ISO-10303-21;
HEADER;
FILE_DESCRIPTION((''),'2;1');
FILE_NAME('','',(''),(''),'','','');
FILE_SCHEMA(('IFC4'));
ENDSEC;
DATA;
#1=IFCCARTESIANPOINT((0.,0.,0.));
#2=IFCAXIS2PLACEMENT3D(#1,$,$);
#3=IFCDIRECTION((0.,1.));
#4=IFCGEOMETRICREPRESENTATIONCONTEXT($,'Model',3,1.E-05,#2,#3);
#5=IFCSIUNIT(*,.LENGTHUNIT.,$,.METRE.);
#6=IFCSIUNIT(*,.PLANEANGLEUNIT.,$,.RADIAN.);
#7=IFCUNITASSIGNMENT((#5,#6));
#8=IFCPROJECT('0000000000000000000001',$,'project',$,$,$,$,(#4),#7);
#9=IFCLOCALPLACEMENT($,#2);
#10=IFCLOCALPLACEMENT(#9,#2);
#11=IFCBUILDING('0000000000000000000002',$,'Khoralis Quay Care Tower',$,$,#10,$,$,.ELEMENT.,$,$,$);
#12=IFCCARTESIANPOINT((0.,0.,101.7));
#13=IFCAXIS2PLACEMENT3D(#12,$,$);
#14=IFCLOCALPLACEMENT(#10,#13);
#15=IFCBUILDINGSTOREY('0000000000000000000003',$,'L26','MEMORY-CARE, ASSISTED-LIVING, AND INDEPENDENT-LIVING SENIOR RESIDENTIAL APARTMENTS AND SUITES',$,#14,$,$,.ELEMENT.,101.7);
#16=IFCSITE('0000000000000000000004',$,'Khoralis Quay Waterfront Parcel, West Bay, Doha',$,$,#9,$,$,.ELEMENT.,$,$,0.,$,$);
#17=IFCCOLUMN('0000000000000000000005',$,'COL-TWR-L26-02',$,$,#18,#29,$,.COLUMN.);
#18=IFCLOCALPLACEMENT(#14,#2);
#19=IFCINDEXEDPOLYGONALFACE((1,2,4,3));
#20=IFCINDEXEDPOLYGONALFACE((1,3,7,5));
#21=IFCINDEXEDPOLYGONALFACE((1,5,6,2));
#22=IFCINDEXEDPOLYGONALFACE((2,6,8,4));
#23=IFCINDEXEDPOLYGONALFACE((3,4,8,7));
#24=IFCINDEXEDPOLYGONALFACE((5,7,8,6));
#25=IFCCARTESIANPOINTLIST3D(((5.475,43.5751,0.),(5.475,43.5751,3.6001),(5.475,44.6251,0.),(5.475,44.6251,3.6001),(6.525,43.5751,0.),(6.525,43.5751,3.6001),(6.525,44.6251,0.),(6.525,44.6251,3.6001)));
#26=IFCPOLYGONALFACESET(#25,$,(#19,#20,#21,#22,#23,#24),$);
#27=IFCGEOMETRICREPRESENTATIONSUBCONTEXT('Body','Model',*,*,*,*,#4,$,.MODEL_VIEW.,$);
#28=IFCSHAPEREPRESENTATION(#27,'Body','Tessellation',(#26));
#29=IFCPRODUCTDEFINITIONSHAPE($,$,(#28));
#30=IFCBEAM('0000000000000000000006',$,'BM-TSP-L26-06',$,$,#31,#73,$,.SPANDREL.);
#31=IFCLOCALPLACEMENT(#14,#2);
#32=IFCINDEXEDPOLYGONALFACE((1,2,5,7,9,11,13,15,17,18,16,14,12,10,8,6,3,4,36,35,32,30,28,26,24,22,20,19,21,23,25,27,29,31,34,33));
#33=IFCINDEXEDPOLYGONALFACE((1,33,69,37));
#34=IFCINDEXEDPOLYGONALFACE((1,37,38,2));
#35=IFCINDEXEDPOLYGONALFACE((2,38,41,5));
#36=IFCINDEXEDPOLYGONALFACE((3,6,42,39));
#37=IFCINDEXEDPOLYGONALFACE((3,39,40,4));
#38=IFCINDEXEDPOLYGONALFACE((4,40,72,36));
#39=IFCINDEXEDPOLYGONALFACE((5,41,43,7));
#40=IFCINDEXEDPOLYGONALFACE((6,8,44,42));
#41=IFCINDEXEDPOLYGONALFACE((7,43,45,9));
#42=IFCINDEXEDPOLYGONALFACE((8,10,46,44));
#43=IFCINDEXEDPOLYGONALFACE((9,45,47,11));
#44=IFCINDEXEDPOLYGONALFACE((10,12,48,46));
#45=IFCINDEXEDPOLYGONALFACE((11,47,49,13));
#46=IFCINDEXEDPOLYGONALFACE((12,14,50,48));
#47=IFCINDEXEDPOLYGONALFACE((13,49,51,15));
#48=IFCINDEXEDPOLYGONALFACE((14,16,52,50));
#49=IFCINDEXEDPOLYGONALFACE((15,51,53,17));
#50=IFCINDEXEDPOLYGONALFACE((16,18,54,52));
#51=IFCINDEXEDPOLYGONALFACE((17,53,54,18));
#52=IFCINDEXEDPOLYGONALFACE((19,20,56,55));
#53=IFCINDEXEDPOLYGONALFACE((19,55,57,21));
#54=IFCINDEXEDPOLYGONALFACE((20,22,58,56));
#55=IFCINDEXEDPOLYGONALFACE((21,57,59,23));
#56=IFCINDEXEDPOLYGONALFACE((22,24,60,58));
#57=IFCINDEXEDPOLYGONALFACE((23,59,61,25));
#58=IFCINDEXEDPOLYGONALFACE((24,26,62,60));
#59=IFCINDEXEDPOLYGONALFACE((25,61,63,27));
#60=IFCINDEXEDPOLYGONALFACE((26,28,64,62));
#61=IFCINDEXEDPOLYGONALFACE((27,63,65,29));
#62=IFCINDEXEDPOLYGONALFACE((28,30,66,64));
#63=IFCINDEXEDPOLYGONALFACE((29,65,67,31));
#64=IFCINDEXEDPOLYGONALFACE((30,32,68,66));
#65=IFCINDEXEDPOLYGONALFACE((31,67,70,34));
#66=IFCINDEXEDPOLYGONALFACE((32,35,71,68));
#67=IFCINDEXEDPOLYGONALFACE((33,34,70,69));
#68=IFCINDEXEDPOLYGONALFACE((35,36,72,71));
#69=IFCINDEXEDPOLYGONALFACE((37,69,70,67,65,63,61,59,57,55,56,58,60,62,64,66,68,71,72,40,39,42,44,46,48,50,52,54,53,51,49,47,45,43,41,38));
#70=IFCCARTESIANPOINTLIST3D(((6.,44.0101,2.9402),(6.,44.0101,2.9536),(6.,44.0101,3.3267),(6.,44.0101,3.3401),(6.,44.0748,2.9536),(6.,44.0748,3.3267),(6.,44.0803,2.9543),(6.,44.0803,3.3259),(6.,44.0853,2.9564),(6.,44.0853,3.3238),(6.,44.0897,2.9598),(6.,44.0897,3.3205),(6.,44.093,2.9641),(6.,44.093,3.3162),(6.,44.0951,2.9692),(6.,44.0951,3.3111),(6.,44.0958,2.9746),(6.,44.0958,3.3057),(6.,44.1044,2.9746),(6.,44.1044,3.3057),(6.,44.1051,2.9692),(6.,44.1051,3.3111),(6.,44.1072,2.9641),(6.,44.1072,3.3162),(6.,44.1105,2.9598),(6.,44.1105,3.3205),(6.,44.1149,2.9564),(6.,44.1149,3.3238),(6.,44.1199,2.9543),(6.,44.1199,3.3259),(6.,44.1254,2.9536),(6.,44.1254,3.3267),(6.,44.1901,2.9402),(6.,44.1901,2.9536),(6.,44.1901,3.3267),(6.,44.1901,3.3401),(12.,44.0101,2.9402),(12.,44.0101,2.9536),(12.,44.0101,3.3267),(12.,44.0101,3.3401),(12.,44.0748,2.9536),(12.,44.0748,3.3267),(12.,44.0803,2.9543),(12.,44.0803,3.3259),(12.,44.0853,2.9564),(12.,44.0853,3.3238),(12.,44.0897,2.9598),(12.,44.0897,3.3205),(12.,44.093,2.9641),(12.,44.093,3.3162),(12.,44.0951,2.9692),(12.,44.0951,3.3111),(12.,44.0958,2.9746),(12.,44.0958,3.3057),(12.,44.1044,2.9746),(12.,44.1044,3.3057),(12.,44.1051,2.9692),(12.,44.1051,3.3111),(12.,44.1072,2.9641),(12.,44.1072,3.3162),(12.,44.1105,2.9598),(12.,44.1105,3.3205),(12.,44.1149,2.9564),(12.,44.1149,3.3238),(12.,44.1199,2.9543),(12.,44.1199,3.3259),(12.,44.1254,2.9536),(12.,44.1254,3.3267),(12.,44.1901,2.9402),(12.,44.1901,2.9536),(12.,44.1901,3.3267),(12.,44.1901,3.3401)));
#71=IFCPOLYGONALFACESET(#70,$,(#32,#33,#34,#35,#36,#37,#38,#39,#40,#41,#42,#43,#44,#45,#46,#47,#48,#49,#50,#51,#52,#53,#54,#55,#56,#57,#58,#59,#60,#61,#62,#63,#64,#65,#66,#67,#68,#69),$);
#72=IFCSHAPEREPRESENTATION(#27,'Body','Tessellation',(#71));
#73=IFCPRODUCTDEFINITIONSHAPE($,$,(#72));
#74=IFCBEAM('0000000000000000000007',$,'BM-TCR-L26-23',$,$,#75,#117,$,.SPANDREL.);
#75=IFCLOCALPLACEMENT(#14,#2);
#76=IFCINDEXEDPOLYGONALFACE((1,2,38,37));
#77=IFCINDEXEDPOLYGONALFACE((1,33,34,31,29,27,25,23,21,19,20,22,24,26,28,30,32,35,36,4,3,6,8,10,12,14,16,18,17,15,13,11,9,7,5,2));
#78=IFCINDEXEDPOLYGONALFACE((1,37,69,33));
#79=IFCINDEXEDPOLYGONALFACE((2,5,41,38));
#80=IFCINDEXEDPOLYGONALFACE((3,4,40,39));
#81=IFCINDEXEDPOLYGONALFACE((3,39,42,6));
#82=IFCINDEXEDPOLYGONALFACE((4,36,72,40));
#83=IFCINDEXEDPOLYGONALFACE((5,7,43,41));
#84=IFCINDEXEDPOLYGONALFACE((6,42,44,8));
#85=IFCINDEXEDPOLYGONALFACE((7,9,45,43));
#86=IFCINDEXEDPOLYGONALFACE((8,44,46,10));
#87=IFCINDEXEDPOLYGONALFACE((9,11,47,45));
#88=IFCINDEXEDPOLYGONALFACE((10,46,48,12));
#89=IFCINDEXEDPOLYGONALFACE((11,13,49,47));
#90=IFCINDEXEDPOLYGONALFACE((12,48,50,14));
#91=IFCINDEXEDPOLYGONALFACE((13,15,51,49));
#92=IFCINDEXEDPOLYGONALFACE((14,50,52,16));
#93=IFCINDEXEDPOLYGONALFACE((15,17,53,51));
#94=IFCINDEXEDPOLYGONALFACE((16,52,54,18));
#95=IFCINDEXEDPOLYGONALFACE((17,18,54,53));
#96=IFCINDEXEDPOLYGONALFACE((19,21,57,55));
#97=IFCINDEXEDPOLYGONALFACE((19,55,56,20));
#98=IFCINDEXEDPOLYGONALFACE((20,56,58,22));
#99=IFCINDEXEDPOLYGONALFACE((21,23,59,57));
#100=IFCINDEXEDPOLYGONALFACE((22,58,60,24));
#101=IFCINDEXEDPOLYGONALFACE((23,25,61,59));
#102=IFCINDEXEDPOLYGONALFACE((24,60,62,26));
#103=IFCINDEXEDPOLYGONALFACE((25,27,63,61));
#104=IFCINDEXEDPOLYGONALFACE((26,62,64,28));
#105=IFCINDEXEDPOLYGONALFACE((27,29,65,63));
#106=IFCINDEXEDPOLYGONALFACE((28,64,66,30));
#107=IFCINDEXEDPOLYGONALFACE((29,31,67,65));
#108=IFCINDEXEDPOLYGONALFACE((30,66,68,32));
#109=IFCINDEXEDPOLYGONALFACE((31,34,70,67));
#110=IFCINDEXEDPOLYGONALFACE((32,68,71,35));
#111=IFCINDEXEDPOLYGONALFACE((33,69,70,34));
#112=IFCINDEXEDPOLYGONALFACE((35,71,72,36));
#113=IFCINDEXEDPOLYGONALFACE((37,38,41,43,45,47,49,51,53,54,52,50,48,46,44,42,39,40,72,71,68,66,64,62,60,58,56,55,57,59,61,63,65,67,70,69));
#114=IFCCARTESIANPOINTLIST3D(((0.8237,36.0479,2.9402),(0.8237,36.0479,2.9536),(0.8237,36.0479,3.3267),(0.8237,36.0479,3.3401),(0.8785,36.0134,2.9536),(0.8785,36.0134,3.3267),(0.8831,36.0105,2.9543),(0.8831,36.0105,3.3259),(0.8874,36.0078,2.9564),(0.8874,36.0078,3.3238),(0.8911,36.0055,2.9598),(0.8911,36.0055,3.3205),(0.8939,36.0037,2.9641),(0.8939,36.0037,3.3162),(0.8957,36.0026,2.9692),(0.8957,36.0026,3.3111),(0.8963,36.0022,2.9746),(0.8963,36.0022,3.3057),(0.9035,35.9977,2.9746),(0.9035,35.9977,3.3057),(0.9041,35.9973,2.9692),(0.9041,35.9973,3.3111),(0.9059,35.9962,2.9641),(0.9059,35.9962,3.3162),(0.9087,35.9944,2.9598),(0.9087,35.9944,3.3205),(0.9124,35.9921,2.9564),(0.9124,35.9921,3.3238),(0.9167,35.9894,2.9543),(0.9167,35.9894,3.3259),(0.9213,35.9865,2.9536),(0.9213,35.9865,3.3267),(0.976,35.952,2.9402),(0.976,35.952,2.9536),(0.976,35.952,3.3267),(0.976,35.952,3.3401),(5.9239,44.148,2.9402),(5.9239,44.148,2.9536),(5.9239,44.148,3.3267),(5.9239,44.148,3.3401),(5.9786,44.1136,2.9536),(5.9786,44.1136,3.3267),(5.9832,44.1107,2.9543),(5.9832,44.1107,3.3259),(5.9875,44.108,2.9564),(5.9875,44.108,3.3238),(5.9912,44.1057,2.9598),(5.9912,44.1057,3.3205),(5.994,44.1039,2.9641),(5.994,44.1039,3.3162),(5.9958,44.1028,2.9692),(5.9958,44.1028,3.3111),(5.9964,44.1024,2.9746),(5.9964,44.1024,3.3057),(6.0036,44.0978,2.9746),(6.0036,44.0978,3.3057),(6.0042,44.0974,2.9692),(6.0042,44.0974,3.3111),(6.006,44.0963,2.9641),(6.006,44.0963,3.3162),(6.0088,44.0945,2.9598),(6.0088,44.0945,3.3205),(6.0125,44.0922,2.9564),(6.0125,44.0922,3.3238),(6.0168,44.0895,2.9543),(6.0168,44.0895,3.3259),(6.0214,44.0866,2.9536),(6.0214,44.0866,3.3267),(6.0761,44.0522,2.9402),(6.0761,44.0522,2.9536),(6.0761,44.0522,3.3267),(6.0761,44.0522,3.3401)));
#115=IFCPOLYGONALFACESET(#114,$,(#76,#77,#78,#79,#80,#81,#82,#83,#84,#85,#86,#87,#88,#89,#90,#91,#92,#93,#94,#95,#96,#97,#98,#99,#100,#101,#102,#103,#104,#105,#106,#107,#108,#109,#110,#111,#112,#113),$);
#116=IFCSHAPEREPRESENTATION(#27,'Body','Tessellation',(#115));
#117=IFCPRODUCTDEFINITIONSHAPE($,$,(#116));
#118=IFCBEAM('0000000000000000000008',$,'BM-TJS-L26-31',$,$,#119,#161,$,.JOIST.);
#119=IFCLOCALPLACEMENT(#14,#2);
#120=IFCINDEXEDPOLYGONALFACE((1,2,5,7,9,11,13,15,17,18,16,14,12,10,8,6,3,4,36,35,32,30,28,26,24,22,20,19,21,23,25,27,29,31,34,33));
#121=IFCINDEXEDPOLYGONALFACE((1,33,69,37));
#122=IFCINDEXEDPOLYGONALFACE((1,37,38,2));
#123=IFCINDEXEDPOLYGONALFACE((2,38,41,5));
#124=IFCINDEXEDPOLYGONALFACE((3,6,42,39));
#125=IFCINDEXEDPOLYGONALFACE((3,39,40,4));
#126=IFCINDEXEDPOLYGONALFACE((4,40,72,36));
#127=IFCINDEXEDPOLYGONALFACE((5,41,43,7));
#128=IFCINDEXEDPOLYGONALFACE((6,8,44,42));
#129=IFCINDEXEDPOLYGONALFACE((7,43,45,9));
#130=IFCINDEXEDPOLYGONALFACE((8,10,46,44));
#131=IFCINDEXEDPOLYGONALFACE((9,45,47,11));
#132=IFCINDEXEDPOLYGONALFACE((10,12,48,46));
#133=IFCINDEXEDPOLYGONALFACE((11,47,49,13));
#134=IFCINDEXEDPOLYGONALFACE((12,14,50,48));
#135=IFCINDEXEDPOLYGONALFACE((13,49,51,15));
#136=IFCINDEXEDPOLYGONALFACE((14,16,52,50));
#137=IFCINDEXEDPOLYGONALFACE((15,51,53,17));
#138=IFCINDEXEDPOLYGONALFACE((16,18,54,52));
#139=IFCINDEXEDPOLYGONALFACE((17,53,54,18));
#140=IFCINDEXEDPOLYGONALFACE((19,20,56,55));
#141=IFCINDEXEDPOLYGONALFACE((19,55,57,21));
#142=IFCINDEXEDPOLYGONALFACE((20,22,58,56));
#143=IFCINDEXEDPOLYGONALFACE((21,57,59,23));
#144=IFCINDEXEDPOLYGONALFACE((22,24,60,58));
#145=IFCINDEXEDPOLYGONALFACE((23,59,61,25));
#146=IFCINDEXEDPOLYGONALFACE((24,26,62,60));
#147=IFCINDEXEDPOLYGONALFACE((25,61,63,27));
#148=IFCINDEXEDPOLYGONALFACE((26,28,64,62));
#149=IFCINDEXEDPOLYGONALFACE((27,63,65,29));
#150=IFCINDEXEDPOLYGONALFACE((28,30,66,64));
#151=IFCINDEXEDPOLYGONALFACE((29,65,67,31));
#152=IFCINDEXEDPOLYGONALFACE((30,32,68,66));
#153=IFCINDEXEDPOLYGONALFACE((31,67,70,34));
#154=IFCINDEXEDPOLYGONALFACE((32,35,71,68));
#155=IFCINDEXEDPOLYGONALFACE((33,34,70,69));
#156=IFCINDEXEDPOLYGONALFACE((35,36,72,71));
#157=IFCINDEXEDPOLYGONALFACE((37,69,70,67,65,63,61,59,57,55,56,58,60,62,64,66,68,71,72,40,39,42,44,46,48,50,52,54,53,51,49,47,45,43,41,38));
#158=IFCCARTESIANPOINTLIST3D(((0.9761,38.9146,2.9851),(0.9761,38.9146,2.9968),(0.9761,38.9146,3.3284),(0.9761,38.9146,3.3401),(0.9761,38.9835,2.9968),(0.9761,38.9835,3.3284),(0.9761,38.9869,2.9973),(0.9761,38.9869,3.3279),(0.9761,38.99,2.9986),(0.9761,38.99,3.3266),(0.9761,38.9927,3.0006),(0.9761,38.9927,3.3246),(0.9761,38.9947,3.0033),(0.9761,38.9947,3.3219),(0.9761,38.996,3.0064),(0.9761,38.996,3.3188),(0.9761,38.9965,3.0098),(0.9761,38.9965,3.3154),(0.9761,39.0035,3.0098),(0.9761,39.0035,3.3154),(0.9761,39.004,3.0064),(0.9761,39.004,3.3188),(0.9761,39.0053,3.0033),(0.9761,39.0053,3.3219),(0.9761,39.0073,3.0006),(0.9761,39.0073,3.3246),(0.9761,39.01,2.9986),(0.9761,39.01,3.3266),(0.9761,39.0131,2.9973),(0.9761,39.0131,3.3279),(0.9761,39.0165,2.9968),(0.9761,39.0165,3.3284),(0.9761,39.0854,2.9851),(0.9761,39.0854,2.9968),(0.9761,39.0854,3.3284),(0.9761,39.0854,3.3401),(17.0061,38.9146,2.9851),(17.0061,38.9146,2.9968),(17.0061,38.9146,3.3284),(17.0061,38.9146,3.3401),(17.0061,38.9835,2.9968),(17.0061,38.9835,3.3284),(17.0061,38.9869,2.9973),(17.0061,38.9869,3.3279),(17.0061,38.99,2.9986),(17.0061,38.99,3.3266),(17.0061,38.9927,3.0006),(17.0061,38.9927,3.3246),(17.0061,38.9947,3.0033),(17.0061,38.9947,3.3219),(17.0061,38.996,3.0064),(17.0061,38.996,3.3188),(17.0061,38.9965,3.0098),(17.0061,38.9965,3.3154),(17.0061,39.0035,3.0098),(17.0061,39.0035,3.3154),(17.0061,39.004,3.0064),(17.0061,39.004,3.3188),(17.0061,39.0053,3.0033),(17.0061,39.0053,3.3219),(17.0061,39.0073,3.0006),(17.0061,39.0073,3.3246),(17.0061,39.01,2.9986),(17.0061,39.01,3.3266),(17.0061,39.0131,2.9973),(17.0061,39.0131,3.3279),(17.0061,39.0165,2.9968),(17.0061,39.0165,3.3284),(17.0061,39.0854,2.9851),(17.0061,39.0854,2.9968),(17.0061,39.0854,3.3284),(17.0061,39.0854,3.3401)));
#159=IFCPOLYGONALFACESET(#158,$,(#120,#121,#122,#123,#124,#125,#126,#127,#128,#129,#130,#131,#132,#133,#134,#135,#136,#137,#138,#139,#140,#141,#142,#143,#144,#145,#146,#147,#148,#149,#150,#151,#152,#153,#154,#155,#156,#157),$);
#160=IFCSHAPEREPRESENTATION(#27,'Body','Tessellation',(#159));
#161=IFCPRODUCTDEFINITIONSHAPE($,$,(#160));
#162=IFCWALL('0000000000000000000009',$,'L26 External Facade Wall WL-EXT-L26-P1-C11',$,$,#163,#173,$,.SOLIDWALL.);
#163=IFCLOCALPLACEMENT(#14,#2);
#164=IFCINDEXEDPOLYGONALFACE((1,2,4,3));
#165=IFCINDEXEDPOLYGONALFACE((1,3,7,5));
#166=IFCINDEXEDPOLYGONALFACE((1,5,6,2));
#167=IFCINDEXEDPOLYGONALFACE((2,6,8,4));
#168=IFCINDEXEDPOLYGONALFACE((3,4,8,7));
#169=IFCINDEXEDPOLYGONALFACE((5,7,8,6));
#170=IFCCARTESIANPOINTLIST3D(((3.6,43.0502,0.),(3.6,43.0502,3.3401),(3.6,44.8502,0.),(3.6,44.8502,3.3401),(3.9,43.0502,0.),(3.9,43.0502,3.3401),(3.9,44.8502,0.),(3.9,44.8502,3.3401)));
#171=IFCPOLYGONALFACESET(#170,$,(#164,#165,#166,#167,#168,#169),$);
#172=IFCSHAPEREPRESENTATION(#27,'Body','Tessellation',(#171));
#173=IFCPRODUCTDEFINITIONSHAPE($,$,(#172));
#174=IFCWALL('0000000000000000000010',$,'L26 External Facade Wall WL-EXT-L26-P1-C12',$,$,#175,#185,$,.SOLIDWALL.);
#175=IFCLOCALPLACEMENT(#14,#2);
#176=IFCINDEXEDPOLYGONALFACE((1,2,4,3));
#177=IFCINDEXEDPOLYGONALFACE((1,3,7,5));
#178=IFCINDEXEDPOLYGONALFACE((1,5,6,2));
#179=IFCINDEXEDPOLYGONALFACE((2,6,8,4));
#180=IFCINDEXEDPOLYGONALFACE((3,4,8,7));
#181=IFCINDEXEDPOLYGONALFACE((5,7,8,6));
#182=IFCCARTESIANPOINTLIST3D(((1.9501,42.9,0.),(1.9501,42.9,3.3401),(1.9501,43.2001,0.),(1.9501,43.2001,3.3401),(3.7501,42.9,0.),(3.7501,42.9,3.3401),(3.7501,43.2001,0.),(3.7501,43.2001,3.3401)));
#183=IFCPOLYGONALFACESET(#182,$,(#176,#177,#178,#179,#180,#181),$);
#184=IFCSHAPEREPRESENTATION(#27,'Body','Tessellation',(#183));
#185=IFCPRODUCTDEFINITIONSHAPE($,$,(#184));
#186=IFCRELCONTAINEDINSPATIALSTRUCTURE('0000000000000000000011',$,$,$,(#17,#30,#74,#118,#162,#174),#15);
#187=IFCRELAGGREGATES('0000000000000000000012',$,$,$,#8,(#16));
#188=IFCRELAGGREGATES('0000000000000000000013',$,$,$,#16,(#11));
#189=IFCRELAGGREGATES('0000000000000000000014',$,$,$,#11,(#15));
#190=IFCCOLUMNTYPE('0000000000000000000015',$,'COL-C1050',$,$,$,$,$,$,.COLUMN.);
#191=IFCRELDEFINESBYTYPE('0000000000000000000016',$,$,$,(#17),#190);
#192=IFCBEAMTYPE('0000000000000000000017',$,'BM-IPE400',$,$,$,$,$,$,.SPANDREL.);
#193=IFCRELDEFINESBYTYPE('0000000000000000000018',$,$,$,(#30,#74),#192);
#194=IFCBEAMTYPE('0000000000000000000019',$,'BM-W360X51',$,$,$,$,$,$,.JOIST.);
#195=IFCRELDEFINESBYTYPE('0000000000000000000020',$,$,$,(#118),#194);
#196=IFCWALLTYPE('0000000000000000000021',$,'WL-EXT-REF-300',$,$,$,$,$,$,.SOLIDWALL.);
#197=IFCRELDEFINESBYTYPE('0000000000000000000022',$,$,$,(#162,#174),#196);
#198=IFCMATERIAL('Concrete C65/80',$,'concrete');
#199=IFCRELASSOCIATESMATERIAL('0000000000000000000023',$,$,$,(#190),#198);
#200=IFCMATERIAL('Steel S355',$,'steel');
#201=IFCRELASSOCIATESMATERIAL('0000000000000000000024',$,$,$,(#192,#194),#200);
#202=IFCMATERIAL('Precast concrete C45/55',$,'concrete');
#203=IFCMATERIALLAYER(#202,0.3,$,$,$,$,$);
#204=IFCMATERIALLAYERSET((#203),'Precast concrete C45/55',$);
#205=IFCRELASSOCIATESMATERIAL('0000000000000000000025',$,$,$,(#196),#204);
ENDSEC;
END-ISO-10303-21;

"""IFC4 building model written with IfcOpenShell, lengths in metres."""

from ifc_helpers import new_model, si_unit, direction, frame, frame_2d, origin, origin_2d, place, context, subcontext, project, spatial, rectangle, i_section, extrude, source, transform, mapped, material, layer, layer_set, material_profile, profile_set, type_object, element, save


model = new_model("IFC4")

# Units and contexts
model_context = context("Model", 3, precision=1e-05, world=origin(), true_north=direction((0.0, 1.0)))
body_context = subcontext(model_context, "Body", "Model", "MODEL_VIEW")
ifc_project = project(units=[si_unit("LENGTHUNIT", "METRE"), si_unit("PLANEANGLEUNIT", "RADIAN")], contexts=[model_context])

# Site, building, storey
site_placement = place(None, origin())
site = spatial("IfcSite", under=ifc_project, at=site_placement, Name="Khoralis Quay Waterfront Parcel, West Bay, Doha", CompositionType="ELEMENT", RefElevation=0.0)
building_placement = place(site_placement, origin())
building = spatial("IfcBuilding", under=site, at=building_placement, Name="Khoralis Quay Care Tower", CompositionType="ELEMENT")
storey_placement = place(building_placement, frame((0.0, 0.0, 101.7)))
storey = spatial("IfcBuildingStorey", under=building, at=storey_placement, Name="L26", Description="MEMORY-CARE, ASSISTED-LIVING, AND INDEPENDENT-LIVING SENIOR RESIDENTIAL APARTMENTS AND SUITES", CompositionType="ELEMENT", Elevation=101.7)

# Column
ifc_material_1 = material(Name="Concrete C65/80", Category="concrete")
ifc_material_profile_1 = material_profile(ifc_material_1, rectangle(XDim=1.05, YDim=1.05, at=origin_2d()), Name="Concrete C65/80")
ifc_profile_set_1 = profile_set([ifc_material_profile_1], Name="Concrete C65/80")
column_type = type_object("IfcColumnType", Name="COL-C1050", PredefinedType="COLUMN", material=ifc_profile_set_1)
shared_shape_1 = source(origin(), body_context, "Body", "SweptSolid", [
    extrude(rectangle(XDim=1.05, YDim=1.05, at=origin_2d()), origin(), (0.0, 0.0, 1.0), 3.6001),
])
column_placement = place(storey_placement, frame((6.0, 44.1001, 0.0), z_axis=(0.0, 0.0, 1.0), x_axis=(1.0, 0.0, 0.0)))
element("IfcColumn", 1, at=column_placement, inside=storey, type_object=column_type, Name="COL-TWR-L26-02", PredefinedType="COLUMN", context=body_context, shape_type="MappedRepresentation", body=[
    mapped(shared_shape_1, transform((0.0, 0.0, 0.0), scale=1.0)),
])

# Beams
ifc_material_2 = material(Name="Steel S355", Category="steel")
ifc_material_profile_2 = material_profile(ifc_material_2, i_section(OverallWidth=0.1799, OverallDepth=0.3999, WebThickness=0.0085, FlangeThickness=0.0134, FilletRadius=0.021, at=origin_2d()), Name="Steel S355")
ifc_profile_set_2 = profile_set([ifc_material_profile_2], Name="Steel S355")
beam_type_1 = type_object("IfcBeamType", Name="BM-IPE400", PredefinedType="SPANDREL", material=ifc_profile_set_2)
shared_shape_2 = source(origin(), body_context, "Body", "SweptSolid", [
    extrude(i_section(OverallWidth=0.1799, OverallDepth=0.3999, WebThickness=0.0085, FlangeThickness=0.0134, FilletRadius=0.021, at=origin_2d()), origin(), (0.0, 0.0, 1.0), 6.0),
])
beam_1_placement = place(storey_placement, frame((6.0, 44.1001, 3.1401), z_axis=(1.0, 0.0, 0.0), x_axis=(0.0, 1.0, 0.0)))
element("IfcBeam", 2, at=beam_1_placement, inside=storey, type_object=beam_type_1, Name="BM-TSP-L26-06", PredefinedType="SPANDREL", context=body_context, shape_type="MappedRepresentation", body=[
    mapped(shared_shape_2, transform((0.0, 0.0, 0.0), scale=1.0)),
])
shared_shape_3 = source(origin(), body_context, "Body", "SweptSolid", [
    extrude(i_section(OverallWidth=0.1799, OverallDepth=0.3999, WebThickness=0.0085, FlangeThickness=0.0134, FilletRadius=0.021, at=origin_2d()), origin(), (0.0, 0.0, 1.0), 9.572),
])
beam_2_placement = place(storey_placement, frame((6.0, 44.1001, 3.1401), z_axis=(-0.532816, -0.846231, 0.0), x_axis=(0.846231, -0.532816, 0.0)))
element("IfcBeam", 3, at=beam_2_placement, inside=storey, type_object=beam_type_1, Name="BM-TCR-L26-23", PredefinedType="SPANDREL", context=body_context, shape_type="MappedRepresentation", body=[
    mapped(shared_shape_3, transform((0.0, 0.0, 0.0), scale=1.0)),
])
ifc_material_profile_3 = material_profile(ifc_material_2, i_section(OverallWidth=0.1709, OverallDepth=0.355, WebThickness=0.0071, FlangeThickness=0.0117, FilletRadius=0.0129, at=origin_2d()), Name="Steel S355")
ifc_profile_set_3 = profile_set([ifc_material_profile_3], Name="Steel S355")
beam_type_2 = type_object("IfcBeamType", Name="BM-W360X51", PredefinedType="JOIST", material=ifc_profile_set_3)
shared_shape_4 = source(origin(), body_context, "Body", "SweptSolid", [
    extrude(i_section(OverallWidth=0.1709, OverallDepth=0.355, WebThickness=0.0071, FlangeThickness=0.0117, FilletRadius=0.0129, at=origin_2d()), origin(), (0.0, 0.0, 1.0), 16.03),
])
beam_3_placement = place(storey_placement, frame((0.9761, 39.0, 3.1626), z_axis=(1.0, 0.0, 0.0), x_axis=(0.0, 1.0, 0.0)))
element("IfcBeam", 4, at=beam_3_placement, inside=storey, type_object=beam_type_2, Name="BM-TJS-L26-31", PredefinedType="JOIST", context=body_context, shape_type="MappedRepresentation", body=[
    mapped(shared_shape_4, transform((0.0, 0.0, 0.0), scale=1.0)),
])

# Walls
ifc_material_3 = material(Name="Precast concrete C45/55", Category="concrete")
ifc_layer_1 = layer(ifc_material_3, 0.3)
ifc_layer_set_1 = layer_set([ifc_layer_1], Name="Precast concrete C45/55")
wall_type_1 = type_object("IfcWallType", Name="WL-EXT-REF-300", PredefinedType="SOLIDWALL", material=ifc_layer_set_1)
for number, where, z_axis, x_axis, name in (
    (5, (3.75, 44.8501, 0.0), (0.0, 0.0, 1.0), (0.0, -1.0, 0.0), "L26 External Facade Wall WL-EXT-L26-P1-C11"),
    (6, (3.75, 43.05, 0.0), (0.0, 0.0, 1.0), (-1.0, 0.0, 0.0), "L26 External Facade Wall WL-EXT-L26-P1-C12"),
):
    element("IfcWall", number, at=place(storey_placement, frame(where, z_axis=z_axis, x_axis=x_axis)), inside=storey, type_object=wall_type_1, Name=name, PredefinedType="SOLIDWALL", context=body_context, shape_type="SweptSolid", body=[
        extrude(rectangle(XDim=1.8, YDim=0.3, at=frame_2d((0.8999, 0.0))), origin(), (0.0, 0.0, 1.0), 3.3401),
    ])

save(model, "model.ifc")
